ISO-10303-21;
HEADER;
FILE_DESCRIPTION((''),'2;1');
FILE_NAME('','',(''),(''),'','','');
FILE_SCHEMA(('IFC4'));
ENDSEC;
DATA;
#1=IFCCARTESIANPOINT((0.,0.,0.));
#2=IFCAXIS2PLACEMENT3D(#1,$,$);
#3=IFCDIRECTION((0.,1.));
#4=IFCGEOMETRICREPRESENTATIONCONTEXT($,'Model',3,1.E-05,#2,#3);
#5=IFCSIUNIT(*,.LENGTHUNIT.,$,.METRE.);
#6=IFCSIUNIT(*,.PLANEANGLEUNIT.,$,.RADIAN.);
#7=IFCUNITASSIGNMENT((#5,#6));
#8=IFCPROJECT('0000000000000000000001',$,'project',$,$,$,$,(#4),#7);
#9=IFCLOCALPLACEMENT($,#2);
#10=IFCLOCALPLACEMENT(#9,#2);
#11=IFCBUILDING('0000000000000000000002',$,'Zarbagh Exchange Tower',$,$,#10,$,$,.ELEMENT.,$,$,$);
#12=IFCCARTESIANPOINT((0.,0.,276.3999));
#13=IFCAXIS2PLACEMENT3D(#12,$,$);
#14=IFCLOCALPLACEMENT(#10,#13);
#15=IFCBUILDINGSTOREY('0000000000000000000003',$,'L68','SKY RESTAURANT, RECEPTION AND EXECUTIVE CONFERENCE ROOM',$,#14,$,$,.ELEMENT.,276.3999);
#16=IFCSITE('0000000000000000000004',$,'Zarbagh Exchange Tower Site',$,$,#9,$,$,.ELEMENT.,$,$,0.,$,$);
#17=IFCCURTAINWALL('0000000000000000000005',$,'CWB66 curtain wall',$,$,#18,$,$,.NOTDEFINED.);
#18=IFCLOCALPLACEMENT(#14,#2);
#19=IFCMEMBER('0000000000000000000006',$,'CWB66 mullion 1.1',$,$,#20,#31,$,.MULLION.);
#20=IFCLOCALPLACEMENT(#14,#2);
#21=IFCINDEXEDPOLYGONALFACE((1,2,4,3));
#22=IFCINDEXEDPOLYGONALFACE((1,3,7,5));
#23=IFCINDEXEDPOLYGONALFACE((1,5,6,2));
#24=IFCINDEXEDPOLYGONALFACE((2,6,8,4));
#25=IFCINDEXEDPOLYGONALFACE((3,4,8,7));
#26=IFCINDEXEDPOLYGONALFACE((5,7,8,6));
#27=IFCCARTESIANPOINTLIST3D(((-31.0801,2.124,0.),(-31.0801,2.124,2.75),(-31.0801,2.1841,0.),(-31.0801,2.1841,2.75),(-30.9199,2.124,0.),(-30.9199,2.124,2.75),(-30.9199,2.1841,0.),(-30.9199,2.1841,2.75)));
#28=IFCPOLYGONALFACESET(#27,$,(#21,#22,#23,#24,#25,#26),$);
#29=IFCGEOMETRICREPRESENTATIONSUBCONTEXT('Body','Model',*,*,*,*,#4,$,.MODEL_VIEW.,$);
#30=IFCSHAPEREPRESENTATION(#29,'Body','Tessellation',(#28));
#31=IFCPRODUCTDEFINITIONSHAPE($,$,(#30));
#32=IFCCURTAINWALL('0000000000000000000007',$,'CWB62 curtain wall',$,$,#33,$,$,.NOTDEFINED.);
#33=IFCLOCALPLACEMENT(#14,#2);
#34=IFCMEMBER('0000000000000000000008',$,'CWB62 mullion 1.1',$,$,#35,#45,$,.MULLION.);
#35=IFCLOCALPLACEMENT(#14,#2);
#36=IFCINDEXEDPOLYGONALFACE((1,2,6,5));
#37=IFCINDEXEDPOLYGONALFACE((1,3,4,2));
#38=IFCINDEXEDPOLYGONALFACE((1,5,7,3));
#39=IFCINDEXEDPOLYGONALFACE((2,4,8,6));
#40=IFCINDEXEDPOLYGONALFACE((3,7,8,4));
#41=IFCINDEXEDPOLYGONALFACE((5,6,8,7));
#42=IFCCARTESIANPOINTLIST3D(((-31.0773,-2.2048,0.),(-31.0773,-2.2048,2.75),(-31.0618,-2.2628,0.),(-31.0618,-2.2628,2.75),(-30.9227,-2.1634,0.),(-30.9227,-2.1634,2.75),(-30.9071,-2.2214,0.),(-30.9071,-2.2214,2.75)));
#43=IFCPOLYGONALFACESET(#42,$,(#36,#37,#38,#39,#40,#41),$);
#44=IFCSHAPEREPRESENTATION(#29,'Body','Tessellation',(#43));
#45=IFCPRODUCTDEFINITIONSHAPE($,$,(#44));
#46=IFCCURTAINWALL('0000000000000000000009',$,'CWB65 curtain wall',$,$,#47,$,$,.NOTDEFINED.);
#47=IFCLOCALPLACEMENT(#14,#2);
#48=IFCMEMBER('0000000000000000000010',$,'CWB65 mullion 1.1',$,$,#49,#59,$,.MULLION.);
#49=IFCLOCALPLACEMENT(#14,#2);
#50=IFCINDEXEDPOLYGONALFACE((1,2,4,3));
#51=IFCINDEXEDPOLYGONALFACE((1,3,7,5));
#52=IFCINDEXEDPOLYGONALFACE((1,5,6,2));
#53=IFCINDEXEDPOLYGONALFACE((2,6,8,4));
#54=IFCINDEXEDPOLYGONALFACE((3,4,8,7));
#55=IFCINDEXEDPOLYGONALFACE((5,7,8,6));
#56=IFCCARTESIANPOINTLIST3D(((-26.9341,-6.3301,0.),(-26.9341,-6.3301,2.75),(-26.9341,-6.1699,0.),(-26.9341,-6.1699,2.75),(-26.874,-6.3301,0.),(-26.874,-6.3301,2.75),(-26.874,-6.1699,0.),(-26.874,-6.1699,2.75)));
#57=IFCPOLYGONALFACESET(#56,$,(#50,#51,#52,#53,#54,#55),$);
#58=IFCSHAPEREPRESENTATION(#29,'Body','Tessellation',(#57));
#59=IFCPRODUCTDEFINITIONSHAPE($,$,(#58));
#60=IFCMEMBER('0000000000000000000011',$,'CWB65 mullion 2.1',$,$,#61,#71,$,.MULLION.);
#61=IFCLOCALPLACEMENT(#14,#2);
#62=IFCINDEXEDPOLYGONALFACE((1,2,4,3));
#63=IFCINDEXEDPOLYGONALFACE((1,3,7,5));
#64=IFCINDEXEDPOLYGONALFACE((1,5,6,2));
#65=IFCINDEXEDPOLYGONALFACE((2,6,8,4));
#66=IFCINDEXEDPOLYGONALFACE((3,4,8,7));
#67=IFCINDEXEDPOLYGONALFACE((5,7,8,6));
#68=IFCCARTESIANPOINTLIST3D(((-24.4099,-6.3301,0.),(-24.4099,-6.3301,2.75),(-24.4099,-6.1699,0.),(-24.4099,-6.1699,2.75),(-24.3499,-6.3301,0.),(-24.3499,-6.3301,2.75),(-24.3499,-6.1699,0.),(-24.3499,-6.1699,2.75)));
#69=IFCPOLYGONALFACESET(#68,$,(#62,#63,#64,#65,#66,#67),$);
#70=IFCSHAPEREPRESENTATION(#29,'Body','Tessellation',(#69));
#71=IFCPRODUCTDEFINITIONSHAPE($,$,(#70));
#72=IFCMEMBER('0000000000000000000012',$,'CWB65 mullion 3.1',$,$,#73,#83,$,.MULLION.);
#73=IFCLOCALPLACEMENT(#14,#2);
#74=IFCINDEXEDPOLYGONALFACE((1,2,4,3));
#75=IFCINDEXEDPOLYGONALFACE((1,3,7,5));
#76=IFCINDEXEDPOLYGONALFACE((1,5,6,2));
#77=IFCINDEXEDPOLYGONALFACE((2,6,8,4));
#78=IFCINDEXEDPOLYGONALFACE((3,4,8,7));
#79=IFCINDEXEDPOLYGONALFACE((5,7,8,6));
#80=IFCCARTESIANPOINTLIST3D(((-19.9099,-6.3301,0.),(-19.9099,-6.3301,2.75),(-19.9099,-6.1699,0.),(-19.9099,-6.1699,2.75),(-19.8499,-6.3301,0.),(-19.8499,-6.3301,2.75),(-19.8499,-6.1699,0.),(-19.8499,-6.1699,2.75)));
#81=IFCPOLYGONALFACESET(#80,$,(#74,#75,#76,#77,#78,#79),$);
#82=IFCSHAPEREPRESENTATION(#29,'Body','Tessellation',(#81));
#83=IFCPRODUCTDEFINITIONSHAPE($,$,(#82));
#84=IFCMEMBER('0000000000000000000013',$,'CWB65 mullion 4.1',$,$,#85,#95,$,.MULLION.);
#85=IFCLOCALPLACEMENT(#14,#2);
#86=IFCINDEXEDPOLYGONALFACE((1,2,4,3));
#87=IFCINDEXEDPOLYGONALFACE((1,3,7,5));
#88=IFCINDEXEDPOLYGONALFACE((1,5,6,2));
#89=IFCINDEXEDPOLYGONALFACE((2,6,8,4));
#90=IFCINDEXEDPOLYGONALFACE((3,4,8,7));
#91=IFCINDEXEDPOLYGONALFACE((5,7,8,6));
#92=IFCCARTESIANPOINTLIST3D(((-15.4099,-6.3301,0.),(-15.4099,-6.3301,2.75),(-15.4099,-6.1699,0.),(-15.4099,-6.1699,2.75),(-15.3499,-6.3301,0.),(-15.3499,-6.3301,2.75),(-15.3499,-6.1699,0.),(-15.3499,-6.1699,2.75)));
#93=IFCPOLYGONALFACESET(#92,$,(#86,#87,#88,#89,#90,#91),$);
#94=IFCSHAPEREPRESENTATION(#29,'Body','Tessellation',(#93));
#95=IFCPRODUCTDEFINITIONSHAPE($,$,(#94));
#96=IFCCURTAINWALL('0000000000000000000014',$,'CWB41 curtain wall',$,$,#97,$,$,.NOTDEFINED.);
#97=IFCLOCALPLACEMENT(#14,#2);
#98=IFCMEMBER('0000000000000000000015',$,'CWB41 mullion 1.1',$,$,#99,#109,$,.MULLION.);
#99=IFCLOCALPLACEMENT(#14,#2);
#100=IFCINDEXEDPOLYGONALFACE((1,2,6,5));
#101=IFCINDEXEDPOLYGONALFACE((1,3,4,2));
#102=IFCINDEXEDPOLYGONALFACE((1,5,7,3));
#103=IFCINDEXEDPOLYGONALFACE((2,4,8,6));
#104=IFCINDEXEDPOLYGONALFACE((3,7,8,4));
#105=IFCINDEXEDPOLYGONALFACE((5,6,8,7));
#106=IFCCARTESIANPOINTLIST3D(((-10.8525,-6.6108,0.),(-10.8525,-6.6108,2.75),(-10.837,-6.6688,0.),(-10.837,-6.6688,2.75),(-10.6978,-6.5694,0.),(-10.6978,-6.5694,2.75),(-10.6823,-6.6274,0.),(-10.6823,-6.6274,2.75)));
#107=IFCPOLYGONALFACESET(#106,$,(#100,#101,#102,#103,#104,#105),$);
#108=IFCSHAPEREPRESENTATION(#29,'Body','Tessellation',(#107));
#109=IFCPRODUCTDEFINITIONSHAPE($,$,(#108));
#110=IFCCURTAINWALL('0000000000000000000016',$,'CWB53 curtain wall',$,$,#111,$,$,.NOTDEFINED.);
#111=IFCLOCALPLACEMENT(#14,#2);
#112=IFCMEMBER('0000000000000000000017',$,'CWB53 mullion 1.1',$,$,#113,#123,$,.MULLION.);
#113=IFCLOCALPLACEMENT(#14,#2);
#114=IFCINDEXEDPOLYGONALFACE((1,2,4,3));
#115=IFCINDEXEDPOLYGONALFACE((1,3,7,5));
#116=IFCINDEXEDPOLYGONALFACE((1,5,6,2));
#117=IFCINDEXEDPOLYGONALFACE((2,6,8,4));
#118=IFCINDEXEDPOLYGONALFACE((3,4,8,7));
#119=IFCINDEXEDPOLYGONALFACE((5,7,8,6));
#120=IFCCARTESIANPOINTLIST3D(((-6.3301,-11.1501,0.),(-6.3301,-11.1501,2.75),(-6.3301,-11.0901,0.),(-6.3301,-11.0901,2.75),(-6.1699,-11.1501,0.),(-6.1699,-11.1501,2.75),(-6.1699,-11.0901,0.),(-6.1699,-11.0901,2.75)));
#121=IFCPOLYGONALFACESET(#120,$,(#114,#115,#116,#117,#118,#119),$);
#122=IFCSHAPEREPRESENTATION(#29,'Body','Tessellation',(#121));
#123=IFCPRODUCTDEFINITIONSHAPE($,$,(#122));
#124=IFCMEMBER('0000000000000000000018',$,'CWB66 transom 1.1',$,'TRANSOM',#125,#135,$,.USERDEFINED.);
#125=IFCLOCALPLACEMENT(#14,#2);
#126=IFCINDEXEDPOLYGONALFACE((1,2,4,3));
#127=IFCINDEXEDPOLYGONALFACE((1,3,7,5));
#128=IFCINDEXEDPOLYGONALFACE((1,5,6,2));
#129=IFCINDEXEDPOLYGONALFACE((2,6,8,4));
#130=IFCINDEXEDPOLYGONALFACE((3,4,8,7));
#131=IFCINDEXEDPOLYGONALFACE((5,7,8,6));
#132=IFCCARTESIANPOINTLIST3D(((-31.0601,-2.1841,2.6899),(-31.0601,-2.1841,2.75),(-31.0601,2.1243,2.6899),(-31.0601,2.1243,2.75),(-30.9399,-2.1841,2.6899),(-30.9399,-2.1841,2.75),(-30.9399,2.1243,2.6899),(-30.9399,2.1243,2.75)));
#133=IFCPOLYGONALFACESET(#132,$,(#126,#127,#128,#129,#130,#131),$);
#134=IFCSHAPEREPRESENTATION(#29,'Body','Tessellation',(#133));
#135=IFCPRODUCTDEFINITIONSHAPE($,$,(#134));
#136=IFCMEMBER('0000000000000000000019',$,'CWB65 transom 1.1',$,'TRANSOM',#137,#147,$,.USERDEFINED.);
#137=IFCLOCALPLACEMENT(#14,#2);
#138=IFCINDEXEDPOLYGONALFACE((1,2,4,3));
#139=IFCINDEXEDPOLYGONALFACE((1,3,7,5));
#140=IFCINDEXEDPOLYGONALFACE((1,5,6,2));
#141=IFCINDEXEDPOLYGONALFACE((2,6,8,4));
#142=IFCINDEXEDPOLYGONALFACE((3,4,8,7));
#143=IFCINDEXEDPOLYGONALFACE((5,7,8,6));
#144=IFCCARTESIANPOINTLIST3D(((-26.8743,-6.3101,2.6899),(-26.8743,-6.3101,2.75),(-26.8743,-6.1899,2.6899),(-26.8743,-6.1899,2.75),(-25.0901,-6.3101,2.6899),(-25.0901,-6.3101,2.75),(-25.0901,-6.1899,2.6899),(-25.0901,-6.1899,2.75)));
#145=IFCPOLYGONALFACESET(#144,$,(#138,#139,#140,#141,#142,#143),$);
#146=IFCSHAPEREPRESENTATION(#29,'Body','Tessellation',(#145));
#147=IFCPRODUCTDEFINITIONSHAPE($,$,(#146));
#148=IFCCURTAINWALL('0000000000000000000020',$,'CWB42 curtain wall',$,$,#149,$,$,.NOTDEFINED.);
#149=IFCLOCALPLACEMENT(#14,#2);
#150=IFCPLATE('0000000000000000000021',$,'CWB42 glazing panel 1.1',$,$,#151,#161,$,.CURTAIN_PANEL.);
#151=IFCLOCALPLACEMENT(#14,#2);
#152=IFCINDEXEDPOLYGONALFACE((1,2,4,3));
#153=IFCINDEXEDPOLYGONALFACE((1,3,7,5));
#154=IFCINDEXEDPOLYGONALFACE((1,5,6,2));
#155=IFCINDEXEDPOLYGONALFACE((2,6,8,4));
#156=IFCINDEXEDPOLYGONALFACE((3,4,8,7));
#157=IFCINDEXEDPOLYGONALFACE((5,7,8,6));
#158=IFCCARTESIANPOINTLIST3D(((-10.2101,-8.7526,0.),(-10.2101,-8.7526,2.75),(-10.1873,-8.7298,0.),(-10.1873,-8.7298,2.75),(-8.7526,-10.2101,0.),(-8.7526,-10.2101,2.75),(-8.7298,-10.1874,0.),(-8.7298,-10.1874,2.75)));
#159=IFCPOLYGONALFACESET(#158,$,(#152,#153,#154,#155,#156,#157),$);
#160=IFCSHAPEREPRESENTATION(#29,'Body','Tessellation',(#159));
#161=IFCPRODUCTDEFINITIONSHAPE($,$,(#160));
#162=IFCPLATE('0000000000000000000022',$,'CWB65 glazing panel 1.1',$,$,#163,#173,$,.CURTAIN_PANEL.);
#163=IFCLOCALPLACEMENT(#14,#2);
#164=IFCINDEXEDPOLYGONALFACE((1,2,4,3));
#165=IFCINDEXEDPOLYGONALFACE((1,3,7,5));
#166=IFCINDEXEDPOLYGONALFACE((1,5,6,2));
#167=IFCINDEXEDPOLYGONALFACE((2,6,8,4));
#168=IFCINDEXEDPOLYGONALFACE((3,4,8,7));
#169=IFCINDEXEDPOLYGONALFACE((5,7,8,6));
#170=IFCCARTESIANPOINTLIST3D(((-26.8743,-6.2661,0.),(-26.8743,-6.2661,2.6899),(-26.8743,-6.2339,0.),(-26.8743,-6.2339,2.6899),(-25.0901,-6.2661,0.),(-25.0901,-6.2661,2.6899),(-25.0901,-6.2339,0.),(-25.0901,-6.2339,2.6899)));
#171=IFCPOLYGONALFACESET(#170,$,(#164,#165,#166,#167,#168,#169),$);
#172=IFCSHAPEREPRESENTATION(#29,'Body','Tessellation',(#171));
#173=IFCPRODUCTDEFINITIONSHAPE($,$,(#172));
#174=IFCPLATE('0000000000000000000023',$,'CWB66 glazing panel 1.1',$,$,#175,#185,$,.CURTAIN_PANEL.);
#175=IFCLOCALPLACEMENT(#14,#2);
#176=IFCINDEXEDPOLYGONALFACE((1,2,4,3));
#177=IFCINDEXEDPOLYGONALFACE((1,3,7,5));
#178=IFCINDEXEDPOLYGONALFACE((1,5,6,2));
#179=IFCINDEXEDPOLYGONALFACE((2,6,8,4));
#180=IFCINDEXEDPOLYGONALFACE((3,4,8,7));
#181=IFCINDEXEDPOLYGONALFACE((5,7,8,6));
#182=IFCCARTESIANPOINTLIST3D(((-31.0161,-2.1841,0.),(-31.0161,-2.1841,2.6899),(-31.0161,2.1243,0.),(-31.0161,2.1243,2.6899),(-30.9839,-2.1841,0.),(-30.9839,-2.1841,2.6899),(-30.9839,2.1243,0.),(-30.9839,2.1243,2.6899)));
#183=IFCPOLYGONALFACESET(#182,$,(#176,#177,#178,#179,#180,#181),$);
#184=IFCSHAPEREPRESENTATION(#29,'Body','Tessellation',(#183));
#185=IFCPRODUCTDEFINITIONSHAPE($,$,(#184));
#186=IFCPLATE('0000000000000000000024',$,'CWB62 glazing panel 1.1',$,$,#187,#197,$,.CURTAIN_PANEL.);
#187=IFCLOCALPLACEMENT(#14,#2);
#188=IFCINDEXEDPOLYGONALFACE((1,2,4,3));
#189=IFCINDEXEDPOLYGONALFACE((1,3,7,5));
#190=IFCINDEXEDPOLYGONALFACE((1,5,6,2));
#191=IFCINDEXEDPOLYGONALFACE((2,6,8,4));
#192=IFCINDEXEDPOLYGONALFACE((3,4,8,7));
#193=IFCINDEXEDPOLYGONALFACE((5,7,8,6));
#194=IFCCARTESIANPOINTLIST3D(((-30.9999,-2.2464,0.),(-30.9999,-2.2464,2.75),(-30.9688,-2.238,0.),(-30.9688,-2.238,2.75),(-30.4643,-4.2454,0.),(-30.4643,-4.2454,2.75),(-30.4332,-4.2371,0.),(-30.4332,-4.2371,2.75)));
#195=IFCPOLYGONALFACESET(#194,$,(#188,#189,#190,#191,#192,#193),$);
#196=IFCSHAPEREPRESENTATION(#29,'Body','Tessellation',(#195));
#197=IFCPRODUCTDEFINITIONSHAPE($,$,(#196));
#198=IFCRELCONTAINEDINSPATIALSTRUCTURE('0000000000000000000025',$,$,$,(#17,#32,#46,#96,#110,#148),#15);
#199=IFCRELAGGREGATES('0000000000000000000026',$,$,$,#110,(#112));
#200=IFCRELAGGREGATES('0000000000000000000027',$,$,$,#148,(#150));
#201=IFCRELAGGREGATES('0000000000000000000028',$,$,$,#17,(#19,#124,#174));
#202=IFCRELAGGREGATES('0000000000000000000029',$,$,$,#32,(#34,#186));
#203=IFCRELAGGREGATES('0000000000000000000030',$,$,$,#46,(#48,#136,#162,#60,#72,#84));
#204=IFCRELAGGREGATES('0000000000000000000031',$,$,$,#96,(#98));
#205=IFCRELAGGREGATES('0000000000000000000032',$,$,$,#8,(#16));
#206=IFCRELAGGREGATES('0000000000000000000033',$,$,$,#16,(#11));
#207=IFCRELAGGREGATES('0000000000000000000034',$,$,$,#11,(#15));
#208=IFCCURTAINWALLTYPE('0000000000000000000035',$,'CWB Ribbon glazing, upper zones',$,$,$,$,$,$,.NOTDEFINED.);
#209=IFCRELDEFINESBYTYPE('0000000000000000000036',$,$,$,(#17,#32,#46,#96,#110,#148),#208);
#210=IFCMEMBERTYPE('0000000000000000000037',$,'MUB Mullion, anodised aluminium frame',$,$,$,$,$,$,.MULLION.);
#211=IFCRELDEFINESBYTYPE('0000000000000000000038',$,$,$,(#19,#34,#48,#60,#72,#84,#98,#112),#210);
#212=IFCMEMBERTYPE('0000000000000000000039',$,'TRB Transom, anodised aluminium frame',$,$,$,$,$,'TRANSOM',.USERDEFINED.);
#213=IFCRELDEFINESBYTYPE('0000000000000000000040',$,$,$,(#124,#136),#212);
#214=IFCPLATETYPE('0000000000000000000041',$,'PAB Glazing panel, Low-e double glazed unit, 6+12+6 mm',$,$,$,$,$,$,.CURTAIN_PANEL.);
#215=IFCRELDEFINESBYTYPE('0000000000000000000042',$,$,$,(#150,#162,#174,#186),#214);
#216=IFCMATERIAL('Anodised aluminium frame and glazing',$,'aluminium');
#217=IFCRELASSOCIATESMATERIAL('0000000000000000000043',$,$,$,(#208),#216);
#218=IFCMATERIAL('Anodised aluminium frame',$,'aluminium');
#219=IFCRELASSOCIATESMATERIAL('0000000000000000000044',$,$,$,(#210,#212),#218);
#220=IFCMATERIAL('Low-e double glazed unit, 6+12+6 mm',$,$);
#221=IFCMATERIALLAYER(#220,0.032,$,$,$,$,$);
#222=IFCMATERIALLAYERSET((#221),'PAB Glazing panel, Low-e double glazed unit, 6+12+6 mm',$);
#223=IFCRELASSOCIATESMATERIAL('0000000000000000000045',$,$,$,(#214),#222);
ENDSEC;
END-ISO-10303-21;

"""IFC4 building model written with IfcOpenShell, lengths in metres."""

from ifc_helpers import new_model, si_unit, direction, frame, origin, place, context, subcontext, project, spatial, polyline, outline, extrude, source, transform, mapped, material, layer, layer_set, type_object, element, aggregate, save


model = new_model("IFC4")

# Units and contexts
model_context = context("Model", 3, precision=1e-05, world=origin(), true_north=direction((0.0, 1.0)))
body_context = subcontext(model_context, "Body", "Model", "MODEL_VIEW")
ifc_project = project(units=[si_unit("LENGTHUNIT", "METRE"), si_unit("PLANEANGLEUNIT", "RADIAN")], contexts=[model_context])

# Site, building, storey
site_placement = place(None, origin())
site = spatial("IfcSite", under=ifc_project, at=site_placement, Name="Zarbagh Exchange Tower Site", CompositionType="ELEMENT", RefElevation=0.0)
building_placement = place(site_placement, origin())
building = spatial("IfcBuilding", under=site, at=building_placement, Name="Zarbagh Exchange Tower", CompositionType="ELEMENT")
storey_placement = place(building_placement, frame((0.0, 0.0, 276.3999)))
storey = spatial("IfcBuildingStorey", under=building, at=storey_placement, Name="L68", Description="SKY RESTAURANT, RECEPTION AND EXECUTIVE CONFERENCE ROOM", CompositionType="ELEMENT", Elevation=276.3999)

# Curtain walls, members
ifc_material_1 = material(Name="Anodised aluminium frame and glazing", Category="aluminium")
curtain_wall_type = type_object("IfcCurtainWallType", Name="CWB Ribbon glazing, upper zones", PredefinedType="NOTDEFINED", material=ifc_material_1)
curtain_wall_1_placement = place(storey_placement, origin())
curtain_wall_1 = element("IfcCurtainWall", 1, at=curtain_wall_1_placement, inside=storey, type_object=curtain_wall_type, Name="CWB66 curtain wall", PredefinedType="NOTDEFINED")
ifc_material_2 = material(Name="Anodised aluminium frame", Category="aluminium")
member_type_1 = type_object("IfcMemberType", Name="MUB Mullion, anodised aluminium frame", PredefinedType="MULLION", material=ifc_material_2)
shared_shape_1 = source(origin(), body_context, "Body", "SweptSolid", [
    extrude(outline(polyline([(0.0, -0.0801), (0.0601, -0.0801), (0.0601, 0.0801), (0.0, 0.0801), (0.0, -0.0801)])), origin(), (0.0, 0.0, 1.0), 2.75),
])
placement = place(storey_placement, origin())
member_1 = element("IfcMember", 2, at=placement, type_object=member_type_1, Name="CWB66 mullion 1.1", PredefinedType="MULLION", context=body_context, shape_type="MappedRepresentation", body=[
    mapped(shared_shape_1, transform((-31.0, 2.1841, 0.0), x_axis=(0.0, -1.0, 0.0), y_axis=(1.0, 0.0, 0.0), z_axis=(0.0, 0.0, 1.0))),
])
curtain_wall_2_placement = place(storey_placement, origin())
curtain_wall_2 = element("IfcCurtainWall", 3, at=curtain_wall_2_placement, inside=storey, type_object=curtain_wall_type, Name="CWB62 curtain wall", PredefinedType="NOTDEFINED")
member_2 = element("IfcMember", 4, at=placement, type_object=member_type_1, Name="CWB62 mullion 1.1", PredefinedType="MULLION", context=body_context, shape_type="MappedRepresentation", body=[
    mapped(shared_shape_1, transform((-31.0, -2.1841, 0.0), x_axis=(0.258825, -0.965924, 0.0), y_axis=(0.965924, 0.258825, 0.0), z_axis=(0.0, 0.0, 1.0))),
])

# Curtain wall, members
curtain_wall_3_placement = place(storey_placement, origin())
curtain_wall_3 = element("IfcCurtainWall", 5, at=curtain_wall_3_placement, inside=storey, type_object=curtain_wall_type, Name="CWB65 curtain wall", PredefinedType="NOTDEFINED")
member_3 = element("IfcMember", 6, at=placement, type_object=member_type_1, Name="CWB65 mullion 1.1", PredefinedType="MULLION", context=body_context, shape_type="MappedRepresentation", body=[
    mapped(shared_shape_1, transform((-26.9341, -6.25, 0.0), x_axis=(1.0, 0.0, 0.0), y_axis=(0.0, 1.0, 0.0), z_axis=(0.0, 0.0, 1.0))),
])
member_4 = element("IfcMember", 7, at=placement, type_object=member_type_1, Name="CWB65 mullion 2.1", PredefinedType="MULLION", context=body_context, shape_type="MappedRepresentation", body=[
    mapped(shared_shape_1, transform((-24.4099, -6.25, 0.0), x_axis=(1.0, 0.0, 0.0), y_axis=(0.0, 1.0, 0.0), z_axis=(0.0, 0.0, 1.0))),
])
member_5 = element("IfcMember", 8, at=placement, type_object=member_type_1, Name="CWB65 mullion 3.1", PredefinedType="MULLION", context=body_context, shape_type="MappedRepresentation", body=[
    mapped(shared_shape_1, transform((-19.9099, -6.25, 0.0), x_axis=(1.0, 0.0, 0.0), y_axis=(0.0, 1.0, 0.0), z_axis=(0.0, 0.0, 1.0))),
])
member_6 = element("IfcMember", 9, at=placement, type_object=member_type_1, Name="CWB65 mullion 4.1", PredefinedType="MULLION", context=body_context, shape_type="MappedRepresentation", body=[
    mapped(shared_shape_1, transform((-15.4099, -6.25, 0.0), x_axis=(1.0, 0.0, 0.0), y_axis=(0.0, 1.0, 0.0), z_axis=(0.0, 0.0, 1.0))),
])

# Curtain walls, members
curtain_wall_4_placement = place(storey_placement, origin())
curtain_wall_4 = element("IfcCurtainWall", 10, at=curtain_wall_4_placement, inside=storey, type_object=curtain_wall_type, Name="CWB41 curtain wall", PredefinedType="NOTDEFINED")
member_7 = element("IfcMember", 11, at=placement, type_object=member_type_1, Name="CWB41 mullion 1.1", PredefinedType="MULLION", context=body_context, shape_type="MappedRepresentation", body=[
    mapped(shared_shape_1, transform((-10.7751, -6.5901, 0.0), x_axis=(0.258825, -0.965924, 0.0), y_axis=(0.965924, 0.258825, 0.0), z_axis=(0.0, 0.0, 1.0))),
])
curtain_wall_5_placement = place(storey_placement, origin())
curtain_wall_5 = element("IfcCurtainWall", 12, at=curtain_wall_5_placement, inside=storey, type_object=curtain_wall_type, Name="CWB53 curtain wall", PredefinedType="NOTDEFINED")
member_8 = element("IfcMember", 13, at=placement, type_object=member_type_1, Name="CWB53 mullion 1.1", PredefinedType="MULLION", context=body_context, shape_type="MappedRepresentation", body=[
    mapped(shared_shape_1, transform((-6.25, -11.0901, 0.0), x_axis=(0.0, -1.0, 0.0), y_axis=(1.0, 0.0, 0.0), z_axis=(0.0, 0.0, 1.0))),
])
aggregate(curtain_wall_5, [member_8])

# Members
member_type_2 = type_object("IfcMemberType", Name="TRB Transom, anodised aluminium frame", ElementType="TRANSOM", PredefinedType="USERDEFINED", material=ifc_material_2)
shared_shape_2 = source(origin(), body_context, "Body", "SweptSolid", [
    extrude(outline(polyline([(-0.0601, -0.0601), (0.0, -0.0601), (0.0, 0.0601), (-0.0601, 0.0601), (-0.0601, -0.0601)])), origin(), (0.0, 0.0, 1.0), 4.3083),
])
member_9 = element("IfcMember", 14, at=placement, type_object=member_type_2, Name="CWB66 transom 1.1", ObjectType="TRANSOM", PredefinedType="USERDEFINED", context=body_context, shape_type="MappedRepresentation", body=[
    mapped(shared_shape_2, transform((-31.0, 2.1243, 2.75), x_axis=(0.0, 0.0, 1.0), y_axis=(-1.0, 0.0, 0.0), z_axis=(0.0, -1.0, 0.0))),
])
shared_shape_3 = source(origin(), body_context, "Body", "SweptSolid", [
    extrude(outline(polyline([(-0.0601, -0.0601), (0.0, -0.0601), (0.0, 0.0601), (-0.0601, 0.0601), (-0.0601, -0.0601)])), origin(), (0.0, 0.0, 1.0), 1.7842),
])
member_10 = element("IfcMember", 15, at=placement, type_object=member_type_2, Name="CWB65 transom 1.1", ObjectType="TRANSOM", PredefinedType="USERDEFINED", context=body_context, shape_type="MappedRepresentation", body=[
    mapped(shared_shape_3, transform((-26.8743, -6.25, 2.75), x_axis=(0.0, 0.0, 1.0), y_axis=(0.0, -1.0, 0.0), z_axis=(1.0, 0.0, 0.0))),
])

# Curtain wall, plate
curtain_wall_6_placement = place(storey_placement, origin())
curtain_wall_6 = element("IfcCurtainWall", 16, at=curtain_wall_6_placement, inside=storey, type_object=curtain_wall_type, Name="CWB42 curtain wall", PredefinedType="NOTDEFINED")
ifc_material_3 = material(Name="Low-e double glazed unit, 6+12+6 mm")
ifc_layer = layer(ifc_material_3, 0.032)
ifc_layer_set = layer_set([ifc_layer], Name="PAB Glazing panel, Low-e double glazed unit, 6+12+6 mm")
plate_type = type_object("IfcPlateType", Name="PAB Glazing panel, Low-e double glazed unit, 6+12+6 mm", PredefinedType="CURTAIN_PANEL", material=ifc_layer_set)
shared_shape_4 = source(origin(), body_context, "Body", "SweptSolid", [
    extrude(outline(polyline([(0.0, -0.0161), (2.0613, -0.0161), (2.0613, 0.0161), (0.0, 0.0161), (0.0, -0.0161)])), origin(), (0.0, 0.0, 1.0), 2.75),
])
plate_1 = element("IfcPlate", 17, at=placement, type_object=plate_type, Name="CWB42 glazing panel 1.1", PredefinedType="CURTAIN_PANEL", context=body_context, shape_type="MappedRepresentation", body=[
    mapped(shared_shape_4, transform((-10.1987, -8.7412, 0.0), x_axis=(0.707107, -0.707107, 0.0), y_axis=(0.707107, 0.707107, 0.0), z_axis=(0.0, 0.0, 1.0))),
])
aggregate(curtain_wall_6, [plate_1])

# Plates
shared_shape_5 = source(origin(), body_context, "Body", "SweptSolid", [
    extrude(outline(polyline([(0.0, -0.0161), (1.7842, -0.0161), (1.7842, 0.0161), (0.0, 0.0161), (0.0, -0.0161)])), origin(), (0.0, 0.0, 1.0), 2.6899),
])
plate_2 = element("IfcPlate", 18, at=placement, type_object=plate_type, Name="CWB65 glazing panel 1.1", PredefinedType="CURTAIN_PANEL", context=body_context, shape_type="MappedRepresentation", body=[
    mapped(shared_shape_5, transform((-26.8743, -6.25, 0.0), x_axis=(1.0, 0.0, 0.0), y_axis=(0.0, 1.0, 0.0), z_axis=(0.0, 0.0, 1.0))),
])
shared_shape_6 = source(origin(), body_context, "Body", "SweptSolid", [
    extrude(outline(polyline([(0.0, -0.0161), (4.3083, -0.0161), (4.3083, 0.0161), (0.0, 0.0161), (0.0, -0.0161)])), origin(), (0.0, 0.0, 1.0), 2.6899),
])
plate_3 = element("IfcPlate", 19, at=placement, type_object=plate_type, Name="CWB66 glazing panel 1.1", PredefinedType="CURTAIN_PANEL", context=body_context, shape_type="MappedRepresentation", body=[
    mapped(shared_shape_6, transform((-31.0, 2.1243, 0.0), x_axis=(0.0, -1.0, 0.0), y_axis=(1.0, 0.0, 0.0), z_axis=(0.0, 0.0, 1.0))),
])
aggregate(curtain_wall_1, [member_1, member_9, plate_3])
shared_shape_7 = source(origin(), body_context, "Body", "SweptSolid", [
    extrude(outline(polyline([(0.0, -0.0161), (2.0696, -0.0161), (2.0696, 0.0161), (0.0, 0.0161), (0.0, -0.0161)])), origin(), (0.0, 0.0, 1.0), 2.75),
])
plate_4 = element("IfcPlate", 20, at=placement, type_object=plate_type, Name="CWB62 glazing panel 1.1", PredefinedType="CURTAIN_PANEL", context=body_context, shape_type="MappedRepresentation", body=[
    mapped(shared_shape_7, transform((-30.9844, -2.2422, 0.0), x_axis=(0.258825, -0.965924, 0.0), y_axis=(0.965924, 0.258825, 0.0), z_axis=(0.0, 0.0, 1.0))),
])
aggregate(curtain_wall_2, [member_2, plate_4])
aggregate(curtain_wall_3, [member_3, member_10, plate_2, member_4, member_5, member_6])
aggregate(curtain_wall_4, [member_7])

save(model, "model.ifc")
